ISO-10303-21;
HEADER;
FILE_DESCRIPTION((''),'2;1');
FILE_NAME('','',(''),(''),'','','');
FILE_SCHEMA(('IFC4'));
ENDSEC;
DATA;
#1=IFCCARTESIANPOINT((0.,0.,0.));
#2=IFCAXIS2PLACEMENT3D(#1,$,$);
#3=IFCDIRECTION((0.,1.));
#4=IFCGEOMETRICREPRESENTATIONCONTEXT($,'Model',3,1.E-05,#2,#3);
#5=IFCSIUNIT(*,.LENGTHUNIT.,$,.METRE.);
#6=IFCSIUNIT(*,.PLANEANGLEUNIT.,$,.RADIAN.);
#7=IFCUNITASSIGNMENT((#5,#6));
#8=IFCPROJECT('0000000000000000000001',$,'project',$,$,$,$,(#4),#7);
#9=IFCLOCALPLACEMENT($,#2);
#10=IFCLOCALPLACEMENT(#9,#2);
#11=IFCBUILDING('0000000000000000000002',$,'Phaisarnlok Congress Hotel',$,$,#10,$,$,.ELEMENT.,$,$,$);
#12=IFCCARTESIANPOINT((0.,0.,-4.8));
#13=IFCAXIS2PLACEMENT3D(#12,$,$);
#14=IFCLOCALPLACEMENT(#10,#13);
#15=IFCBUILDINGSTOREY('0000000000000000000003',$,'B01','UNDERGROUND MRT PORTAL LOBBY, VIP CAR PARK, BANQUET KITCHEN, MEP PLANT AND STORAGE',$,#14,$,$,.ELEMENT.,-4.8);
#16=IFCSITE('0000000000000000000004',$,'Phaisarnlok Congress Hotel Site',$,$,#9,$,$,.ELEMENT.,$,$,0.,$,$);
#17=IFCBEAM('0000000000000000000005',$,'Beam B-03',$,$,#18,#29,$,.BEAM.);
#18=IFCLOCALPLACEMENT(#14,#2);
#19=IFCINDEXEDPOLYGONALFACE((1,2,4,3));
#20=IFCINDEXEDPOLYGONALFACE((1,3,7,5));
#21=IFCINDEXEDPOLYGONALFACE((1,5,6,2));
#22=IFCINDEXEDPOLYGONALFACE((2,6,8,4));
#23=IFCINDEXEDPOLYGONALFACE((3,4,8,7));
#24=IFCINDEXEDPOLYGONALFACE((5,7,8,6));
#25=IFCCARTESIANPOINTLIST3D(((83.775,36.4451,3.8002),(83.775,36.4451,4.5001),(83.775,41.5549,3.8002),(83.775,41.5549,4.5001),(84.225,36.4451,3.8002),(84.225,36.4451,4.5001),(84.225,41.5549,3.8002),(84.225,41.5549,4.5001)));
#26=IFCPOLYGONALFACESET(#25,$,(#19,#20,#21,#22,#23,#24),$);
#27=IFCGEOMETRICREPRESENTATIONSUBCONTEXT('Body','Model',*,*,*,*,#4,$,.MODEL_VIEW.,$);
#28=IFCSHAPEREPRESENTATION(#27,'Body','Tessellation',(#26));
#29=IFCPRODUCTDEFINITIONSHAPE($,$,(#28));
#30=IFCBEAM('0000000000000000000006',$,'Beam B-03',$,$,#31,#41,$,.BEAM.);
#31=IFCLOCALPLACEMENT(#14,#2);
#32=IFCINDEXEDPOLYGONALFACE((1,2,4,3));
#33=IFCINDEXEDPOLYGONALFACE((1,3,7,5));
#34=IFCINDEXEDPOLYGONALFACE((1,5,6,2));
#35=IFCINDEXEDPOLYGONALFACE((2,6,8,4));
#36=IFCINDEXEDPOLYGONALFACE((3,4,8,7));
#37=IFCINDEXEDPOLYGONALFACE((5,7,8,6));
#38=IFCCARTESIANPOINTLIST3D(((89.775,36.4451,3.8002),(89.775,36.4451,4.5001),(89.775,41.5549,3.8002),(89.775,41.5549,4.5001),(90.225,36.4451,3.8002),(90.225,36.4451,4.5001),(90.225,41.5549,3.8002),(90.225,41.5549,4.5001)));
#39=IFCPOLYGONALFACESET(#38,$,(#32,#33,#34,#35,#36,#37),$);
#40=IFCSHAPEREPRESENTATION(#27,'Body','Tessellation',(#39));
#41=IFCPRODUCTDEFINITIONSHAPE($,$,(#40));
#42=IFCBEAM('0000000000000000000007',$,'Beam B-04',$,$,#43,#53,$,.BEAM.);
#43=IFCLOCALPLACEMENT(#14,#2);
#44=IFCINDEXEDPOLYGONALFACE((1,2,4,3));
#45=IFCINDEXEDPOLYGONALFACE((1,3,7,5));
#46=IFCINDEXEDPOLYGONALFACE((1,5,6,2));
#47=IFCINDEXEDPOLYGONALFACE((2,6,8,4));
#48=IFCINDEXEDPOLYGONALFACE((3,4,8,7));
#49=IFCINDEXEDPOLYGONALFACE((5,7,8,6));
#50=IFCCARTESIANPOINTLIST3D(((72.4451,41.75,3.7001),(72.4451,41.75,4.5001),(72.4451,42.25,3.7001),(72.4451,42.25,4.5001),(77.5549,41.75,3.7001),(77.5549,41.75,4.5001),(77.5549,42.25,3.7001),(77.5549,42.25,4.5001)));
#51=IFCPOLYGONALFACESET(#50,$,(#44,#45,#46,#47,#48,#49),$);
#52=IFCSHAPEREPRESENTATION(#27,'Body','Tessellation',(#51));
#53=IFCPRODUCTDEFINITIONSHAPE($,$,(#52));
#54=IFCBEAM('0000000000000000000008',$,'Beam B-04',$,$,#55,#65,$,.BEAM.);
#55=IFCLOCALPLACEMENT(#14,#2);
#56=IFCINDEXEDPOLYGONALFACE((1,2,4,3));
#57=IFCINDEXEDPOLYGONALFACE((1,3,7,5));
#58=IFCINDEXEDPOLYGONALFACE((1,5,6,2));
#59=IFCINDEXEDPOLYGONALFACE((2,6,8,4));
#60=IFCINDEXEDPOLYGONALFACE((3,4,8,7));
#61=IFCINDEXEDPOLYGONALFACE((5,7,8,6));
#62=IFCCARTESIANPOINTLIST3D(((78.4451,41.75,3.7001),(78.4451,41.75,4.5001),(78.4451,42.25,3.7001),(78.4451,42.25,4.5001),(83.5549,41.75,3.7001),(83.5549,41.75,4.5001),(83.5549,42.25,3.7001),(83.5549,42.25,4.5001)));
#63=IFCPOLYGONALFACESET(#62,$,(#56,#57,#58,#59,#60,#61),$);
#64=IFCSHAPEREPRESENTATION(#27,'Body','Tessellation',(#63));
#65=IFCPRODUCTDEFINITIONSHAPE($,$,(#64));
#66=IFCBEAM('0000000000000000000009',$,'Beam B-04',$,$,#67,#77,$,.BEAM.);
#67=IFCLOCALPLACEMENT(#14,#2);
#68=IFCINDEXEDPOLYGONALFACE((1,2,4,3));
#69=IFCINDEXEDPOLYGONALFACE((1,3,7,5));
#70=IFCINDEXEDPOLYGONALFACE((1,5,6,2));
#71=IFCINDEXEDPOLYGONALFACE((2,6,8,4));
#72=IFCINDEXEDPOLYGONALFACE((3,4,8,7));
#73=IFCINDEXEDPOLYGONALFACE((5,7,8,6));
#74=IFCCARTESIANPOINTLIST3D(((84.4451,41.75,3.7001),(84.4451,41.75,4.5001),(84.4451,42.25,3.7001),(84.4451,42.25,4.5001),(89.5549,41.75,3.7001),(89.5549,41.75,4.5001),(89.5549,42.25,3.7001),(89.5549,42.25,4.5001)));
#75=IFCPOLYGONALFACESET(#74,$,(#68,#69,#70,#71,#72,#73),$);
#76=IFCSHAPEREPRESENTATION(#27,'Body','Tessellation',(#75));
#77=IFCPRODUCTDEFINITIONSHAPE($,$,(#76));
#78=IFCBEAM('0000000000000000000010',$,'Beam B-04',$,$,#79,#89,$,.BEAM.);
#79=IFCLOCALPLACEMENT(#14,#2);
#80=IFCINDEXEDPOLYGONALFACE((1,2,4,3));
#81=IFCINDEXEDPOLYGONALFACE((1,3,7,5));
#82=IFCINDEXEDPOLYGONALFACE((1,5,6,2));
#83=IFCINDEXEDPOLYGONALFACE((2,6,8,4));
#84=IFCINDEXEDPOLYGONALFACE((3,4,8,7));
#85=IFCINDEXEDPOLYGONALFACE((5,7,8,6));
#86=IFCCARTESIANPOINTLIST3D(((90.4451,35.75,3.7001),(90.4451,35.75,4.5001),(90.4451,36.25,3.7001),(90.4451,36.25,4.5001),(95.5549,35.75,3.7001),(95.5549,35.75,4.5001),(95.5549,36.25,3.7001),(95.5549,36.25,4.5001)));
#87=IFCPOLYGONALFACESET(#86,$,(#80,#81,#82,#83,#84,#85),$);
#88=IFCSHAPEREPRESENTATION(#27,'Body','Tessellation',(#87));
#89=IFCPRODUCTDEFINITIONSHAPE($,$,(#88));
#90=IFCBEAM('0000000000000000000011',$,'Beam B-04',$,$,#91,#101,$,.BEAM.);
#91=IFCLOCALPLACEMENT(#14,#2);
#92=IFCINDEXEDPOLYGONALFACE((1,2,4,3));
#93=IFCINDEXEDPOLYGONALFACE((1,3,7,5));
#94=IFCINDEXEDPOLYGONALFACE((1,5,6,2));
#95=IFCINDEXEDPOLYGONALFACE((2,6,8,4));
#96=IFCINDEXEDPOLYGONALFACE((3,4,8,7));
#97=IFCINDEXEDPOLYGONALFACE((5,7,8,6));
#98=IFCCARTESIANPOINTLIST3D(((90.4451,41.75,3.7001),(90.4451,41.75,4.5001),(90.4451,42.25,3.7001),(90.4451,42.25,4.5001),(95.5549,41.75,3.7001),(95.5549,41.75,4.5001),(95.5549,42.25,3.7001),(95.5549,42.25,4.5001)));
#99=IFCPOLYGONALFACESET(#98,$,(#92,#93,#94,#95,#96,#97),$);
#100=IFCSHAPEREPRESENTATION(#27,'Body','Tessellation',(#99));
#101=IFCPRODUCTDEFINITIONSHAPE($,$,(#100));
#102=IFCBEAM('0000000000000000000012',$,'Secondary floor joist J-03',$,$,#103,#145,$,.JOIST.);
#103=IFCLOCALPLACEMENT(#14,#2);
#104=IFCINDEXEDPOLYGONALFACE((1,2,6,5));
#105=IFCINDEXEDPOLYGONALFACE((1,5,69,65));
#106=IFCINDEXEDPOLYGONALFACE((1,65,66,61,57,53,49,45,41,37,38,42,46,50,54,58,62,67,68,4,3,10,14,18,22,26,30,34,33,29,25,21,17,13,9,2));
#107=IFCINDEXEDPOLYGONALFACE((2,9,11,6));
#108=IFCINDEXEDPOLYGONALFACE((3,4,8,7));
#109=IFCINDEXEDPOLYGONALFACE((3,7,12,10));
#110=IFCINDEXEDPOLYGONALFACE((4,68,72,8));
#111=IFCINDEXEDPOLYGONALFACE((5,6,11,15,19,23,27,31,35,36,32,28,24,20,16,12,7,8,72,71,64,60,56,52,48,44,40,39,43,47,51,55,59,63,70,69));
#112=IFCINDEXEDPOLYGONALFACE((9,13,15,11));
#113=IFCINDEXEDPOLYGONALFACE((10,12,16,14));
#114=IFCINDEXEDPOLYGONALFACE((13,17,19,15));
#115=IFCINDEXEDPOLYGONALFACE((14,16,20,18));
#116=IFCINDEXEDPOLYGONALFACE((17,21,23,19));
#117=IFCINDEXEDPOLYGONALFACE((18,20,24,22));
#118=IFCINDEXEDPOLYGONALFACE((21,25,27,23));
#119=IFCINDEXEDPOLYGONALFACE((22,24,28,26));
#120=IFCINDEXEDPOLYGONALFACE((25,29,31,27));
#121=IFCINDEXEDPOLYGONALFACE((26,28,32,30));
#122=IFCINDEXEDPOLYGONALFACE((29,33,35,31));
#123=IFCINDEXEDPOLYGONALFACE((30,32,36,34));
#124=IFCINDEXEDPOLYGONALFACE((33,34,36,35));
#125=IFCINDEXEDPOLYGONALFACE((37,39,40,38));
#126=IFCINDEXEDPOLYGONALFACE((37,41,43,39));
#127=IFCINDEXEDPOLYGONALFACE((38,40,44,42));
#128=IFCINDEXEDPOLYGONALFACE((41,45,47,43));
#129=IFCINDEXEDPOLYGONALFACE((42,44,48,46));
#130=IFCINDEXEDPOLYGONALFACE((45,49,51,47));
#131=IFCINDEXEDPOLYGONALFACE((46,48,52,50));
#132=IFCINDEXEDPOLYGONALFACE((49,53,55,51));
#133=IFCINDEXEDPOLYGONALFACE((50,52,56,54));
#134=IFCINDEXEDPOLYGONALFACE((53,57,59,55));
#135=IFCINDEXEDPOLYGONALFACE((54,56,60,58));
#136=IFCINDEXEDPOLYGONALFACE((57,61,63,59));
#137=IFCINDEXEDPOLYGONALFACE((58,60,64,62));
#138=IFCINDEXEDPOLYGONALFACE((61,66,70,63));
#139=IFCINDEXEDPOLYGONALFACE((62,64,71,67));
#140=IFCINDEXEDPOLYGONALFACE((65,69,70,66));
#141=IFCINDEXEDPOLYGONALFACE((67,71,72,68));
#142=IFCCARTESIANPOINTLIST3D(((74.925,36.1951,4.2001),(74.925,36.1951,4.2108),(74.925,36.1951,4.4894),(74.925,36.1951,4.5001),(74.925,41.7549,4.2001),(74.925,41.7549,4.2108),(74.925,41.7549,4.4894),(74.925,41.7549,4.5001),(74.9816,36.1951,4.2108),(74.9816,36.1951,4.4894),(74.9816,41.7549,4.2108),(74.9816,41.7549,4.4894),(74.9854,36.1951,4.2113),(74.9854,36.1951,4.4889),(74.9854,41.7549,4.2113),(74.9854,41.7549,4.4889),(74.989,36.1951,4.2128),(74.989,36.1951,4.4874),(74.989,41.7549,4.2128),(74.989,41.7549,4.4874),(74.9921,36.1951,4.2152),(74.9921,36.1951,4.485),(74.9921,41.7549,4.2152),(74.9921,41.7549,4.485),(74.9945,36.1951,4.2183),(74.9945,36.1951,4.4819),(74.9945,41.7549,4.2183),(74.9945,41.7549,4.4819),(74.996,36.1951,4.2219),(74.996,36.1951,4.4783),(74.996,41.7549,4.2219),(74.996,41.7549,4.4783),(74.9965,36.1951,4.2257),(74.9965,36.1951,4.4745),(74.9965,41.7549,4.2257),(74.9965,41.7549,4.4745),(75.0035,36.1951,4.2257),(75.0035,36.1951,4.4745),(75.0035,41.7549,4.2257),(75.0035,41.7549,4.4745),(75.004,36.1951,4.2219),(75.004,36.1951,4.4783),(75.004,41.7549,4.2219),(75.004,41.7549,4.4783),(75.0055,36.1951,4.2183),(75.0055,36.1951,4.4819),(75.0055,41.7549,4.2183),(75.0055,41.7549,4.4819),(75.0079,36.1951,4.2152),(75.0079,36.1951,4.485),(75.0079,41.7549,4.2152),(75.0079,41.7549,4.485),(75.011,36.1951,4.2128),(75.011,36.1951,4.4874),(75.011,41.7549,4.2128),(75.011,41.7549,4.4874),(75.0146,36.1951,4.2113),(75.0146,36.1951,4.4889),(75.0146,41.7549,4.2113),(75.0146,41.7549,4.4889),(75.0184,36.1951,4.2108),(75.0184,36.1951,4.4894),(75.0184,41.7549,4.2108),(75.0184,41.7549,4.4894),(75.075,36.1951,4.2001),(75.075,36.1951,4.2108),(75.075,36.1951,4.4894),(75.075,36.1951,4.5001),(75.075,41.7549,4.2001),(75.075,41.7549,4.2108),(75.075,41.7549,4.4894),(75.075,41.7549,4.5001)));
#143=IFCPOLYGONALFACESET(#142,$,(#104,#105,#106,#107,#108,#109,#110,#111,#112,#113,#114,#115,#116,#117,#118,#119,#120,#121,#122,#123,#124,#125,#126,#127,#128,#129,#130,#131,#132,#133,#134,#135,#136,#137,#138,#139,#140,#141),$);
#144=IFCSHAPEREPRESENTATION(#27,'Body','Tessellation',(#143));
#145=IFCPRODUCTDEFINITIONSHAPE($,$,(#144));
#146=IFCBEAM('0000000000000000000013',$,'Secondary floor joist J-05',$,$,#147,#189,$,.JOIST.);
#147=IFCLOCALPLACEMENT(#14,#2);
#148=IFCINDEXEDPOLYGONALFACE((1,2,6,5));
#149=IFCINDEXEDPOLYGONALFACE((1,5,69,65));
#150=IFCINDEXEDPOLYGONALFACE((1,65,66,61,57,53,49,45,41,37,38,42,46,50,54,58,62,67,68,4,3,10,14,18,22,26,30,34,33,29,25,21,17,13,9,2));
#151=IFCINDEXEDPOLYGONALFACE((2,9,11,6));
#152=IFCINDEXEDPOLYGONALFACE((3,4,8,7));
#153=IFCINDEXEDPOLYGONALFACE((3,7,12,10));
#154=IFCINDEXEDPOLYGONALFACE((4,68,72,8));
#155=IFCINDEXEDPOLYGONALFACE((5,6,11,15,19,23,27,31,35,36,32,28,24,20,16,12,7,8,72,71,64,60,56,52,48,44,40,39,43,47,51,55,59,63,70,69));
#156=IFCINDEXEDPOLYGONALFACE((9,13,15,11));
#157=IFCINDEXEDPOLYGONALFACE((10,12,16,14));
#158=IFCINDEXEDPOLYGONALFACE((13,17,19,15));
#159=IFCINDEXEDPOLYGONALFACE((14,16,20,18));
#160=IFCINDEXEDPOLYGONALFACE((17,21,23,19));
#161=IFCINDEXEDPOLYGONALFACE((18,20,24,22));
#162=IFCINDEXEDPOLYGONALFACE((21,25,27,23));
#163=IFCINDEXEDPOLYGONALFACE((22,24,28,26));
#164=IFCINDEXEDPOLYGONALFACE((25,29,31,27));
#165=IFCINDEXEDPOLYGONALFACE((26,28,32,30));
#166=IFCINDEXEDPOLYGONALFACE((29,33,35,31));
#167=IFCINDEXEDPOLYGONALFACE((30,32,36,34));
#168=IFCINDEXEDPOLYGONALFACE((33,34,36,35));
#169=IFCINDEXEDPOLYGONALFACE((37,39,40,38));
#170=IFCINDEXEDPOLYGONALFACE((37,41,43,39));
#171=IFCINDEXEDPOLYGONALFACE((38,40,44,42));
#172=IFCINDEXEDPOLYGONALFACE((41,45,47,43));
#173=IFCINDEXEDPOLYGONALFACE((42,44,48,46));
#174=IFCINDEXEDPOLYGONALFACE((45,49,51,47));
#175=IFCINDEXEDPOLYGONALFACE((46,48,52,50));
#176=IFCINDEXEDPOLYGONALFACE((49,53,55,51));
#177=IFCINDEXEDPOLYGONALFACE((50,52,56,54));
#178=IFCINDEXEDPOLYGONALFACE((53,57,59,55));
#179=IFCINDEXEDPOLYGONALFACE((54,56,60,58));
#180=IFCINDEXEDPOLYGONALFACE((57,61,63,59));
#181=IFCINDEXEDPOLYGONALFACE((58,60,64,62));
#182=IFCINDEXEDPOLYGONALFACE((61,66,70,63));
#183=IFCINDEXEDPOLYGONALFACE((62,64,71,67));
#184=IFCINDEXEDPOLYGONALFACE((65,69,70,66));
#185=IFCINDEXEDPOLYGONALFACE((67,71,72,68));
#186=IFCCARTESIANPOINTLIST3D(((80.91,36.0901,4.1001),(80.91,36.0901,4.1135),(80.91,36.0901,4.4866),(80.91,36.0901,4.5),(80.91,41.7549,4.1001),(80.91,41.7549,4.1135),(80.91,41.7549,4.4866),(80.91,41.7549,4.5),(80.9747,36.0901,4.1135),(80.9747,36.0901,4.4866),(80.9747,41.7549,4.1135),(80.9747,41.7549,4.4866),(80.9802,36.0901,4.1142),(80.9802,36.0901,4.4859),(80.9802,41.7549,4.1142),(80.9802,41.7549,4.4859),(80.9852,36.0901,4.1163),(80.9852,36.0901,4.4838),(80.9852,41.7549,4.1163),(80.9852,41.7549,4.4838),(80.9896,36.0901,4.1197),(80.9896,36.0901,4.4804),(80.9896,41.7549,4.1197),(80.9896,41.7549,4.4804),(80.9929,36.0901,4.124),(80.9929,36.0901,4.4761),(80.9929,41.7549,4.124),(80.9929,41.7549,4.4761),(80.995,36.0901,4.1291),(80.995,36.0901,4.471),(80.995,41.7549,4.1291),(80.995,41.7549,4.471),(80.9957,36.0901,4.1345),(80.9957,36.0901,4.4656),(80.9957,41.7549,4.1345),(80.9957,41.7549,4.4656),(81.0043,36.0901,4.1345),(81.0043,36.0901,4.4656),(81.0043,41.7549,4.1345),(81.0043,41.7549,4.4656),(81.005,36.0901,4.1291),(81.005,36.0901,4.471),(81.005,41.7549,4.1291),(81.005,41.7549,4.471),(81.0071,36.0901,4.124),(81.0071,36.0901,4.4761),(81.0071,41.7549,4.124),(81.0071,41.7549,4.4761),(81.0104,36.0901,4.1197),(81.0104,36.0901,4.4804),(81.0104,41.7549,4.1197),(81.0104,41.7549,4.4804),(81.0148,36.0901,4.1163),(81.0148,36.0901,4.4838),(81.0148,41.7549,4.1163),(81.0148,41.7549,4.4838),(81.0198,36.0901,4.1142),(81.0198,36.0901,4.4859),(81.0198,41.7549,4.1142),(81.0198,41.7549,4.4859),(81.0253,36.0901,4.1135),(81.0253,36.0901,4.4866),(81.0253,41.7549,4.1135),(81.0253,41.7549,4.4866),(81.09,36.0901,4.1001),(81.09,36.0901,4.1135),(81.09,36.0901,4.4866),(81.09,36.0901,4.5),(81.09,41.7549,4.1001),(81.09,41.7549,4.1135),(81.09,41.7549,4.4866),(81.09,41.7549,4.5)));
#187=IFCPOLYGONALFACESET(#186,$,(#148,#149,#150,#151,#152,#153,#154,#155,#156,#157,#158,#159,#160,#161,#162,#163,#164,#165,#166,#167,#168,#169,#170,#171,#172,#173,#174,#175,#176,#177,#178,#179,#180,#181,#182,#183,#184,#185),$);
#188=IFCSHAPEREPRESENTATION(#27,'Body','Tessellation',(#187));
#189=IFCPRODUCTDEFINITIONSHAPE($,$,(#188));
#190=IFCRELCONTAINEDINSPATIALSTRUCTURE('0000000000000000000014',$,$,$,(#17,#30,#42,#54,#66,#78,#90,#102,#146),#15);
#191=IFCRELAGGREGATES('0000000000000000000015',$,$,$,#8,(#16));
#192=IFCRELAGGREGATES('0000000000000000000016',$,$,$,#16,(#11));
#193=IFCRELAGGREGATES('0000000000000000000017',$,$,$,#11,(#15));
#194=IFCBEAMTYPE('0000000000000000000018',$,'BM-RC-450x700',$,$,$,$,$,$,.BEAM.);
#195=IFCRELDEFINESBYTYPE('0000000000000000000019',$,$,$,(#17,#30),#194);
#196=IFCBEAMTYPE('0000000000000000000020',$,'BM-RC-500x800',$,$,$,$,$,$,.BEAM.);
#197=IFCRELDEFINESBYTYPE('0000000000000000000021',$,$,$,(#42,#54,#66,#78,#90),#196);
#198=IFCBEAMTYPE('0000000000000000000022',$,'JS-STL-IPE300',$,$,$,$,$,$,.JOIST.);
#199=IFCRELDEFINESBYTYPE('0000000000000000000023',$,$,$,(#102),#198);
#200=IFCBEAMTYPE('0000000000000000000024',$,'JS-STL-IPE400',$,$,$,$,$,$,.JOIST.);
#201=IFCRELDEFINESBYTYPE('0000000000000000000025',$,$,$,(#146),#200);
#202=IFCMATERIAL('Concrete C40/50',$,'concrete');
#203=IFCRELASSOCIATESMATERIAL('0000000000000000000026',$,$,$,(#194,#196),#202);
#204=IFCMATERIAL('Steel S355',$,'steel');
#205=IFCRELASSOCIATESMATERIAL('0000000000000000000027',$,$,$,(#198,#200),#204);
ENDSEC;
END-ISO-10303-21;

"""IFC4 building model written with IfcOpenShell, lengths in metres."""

from ifc_helpers import new_model, si_unit, direction, frame, origin, origin_2d, place, context, subcontext, project, spatial, rectangle, i_section, extrude, material, material_profile, profile_set, type_object, element, save


model = new_model("IFC4")

# Units and contexts
model_context = context("Model", 3, precision=1e-05, world=origin(), true_north=direction((0.0, 1.0)))
body_context = subcontext(model_context, "Body", "Model", "MODEL_VIEW")
ifc_project = project(units=[si_unit("LENGTHUNIT", "METRE"), si_unit("PLANEANGLEUNIT", "RADIAN")], contexts=[model_context])

# Site, building, storey
site_placement = place(None, origin())
site = spatial("IfcSite", under=ifc_project, at=site_placement, Name="Phaisarnlok Congress Hotel Site", CompositionType="ELEMENT", RefElevation=0.0)
building_placement = place(site_placement, origin())
building = spatial("IfcBuilding", under=site, at=building_placement, Name="Phaisarnlok Congress Hotel", CompositionType="ELEMENT")
storey_placement = place(building_placement, frame((0.0, 0.0, -4.8)))
storey = spatial("IfcBuildingStorey", under=building, at=storey_placement, Name="B01", Description="UNDERGROUND MRT PORTAL LOBBY, VIP CAR PARK, BANQUET KITCHEN, MEP PLANT AND STORAGE", CompositionType="ELEMENT", Elevation=-4.8)

# Shared definitions
ifc_material_1 = material(Name="Concrete C40/50", Category="concrete")

# Beams
ifc_material_profile_1 = material_profile(ifc_material_1, rectangle(XDim=0.45, YDim=0.7, at=origin_2d()), Name="RC 450x700")
ifc_profile_set_1 = profile_set([ifc_material_profile_1], Name="Concrete C40/50")
beam_type_1 = type_object("IfcBeamType", Name="BM-RC-450x700", PredefinedType="BEAM", material=ifc_profile_set_1)
for number, where, z_axis, x_axis, name in (
    (1, (84.0, 36.4451, 4.1501), (0.0, 1.0, 0.0), (-1.0, 0.0, 0.0), "Beam B-03"),
    (2, (90.0, 36.4451, 4.1501), (0.0, 1.0, 0.0), (-1.0, 0.0, 0.0), "Beam B-03"),
):
    element("IfcBeam", number, at=place(storey_placement, frame(where, z_axis=z_axis, x_axis=x_axis)), inside=storey, type_object=beam_type_1, Name=name, PredefinedType="BEAM", context=body_context, shape_type="SweptSolid", body=[
        extrude(rectangle(XDim=0.45, YDim=0.7, at=origin_2d()), origin(), (0.0, 0.0, 1.0), 5.1099),
    ])
ifc_material_profile_2 = material_profile(ifc_material_1, rectangle(XDim=0.5, YDim=0.8, at=origin_2d()), Name="RC 500x800")
ifc_profile_set_2 = profile_set([ifc_material_profile_2], Name="Concrete C40/50")
beam_type_2 = type_object("IfcBeamType", Name="BM-RC-500x800", PredefinedType="BEAM", material=ifc_profile_set_2)
for number, where, z_axis, x_axis, name in (
    (3, (72.4451, 42.0, 4.1001), (1.0, 0.0, 0.0), (0.0, 1.0, 0.0), "Beam B-04"),
    (4, (78.4451, 42.0, 4.1001), (1.0, 0.0, 0.0), (0.0, 1.0, 0.0), "Beam B-04"),
    (5, (84.4451, 42.0, 4.1001), (1.0, 0.0, 0.0), (0.0, 1.0, 0.0), "Beam B-04"),
    (6, (90.4451, 36.0, 4.1001), (1.0, 0.0, 0.0), (0.0, 1.0, 0.0), "Beam B-04"),
    (7, (90.4451, 42.0, 4.1001), (1.0, 0.0, 0.0), (0.0, 1.0, 0.0), "Beam B-04"),
):
    element("IfcBeam", number, at=place(storey_placement, frame(where, z_axis=z_axis, x_axis=x_axis)), inside=storey, type_object=beam_type_2, Name=name, PredefinedType="BEAM", context=body_context, shape_type="SweptSolid", body=[
        extrude(rectangle(XDim=0.5, YDim=0.8, at=origin_2d()), origin(), (0.0, 0.0, 1.0), 5.1099),
    ])
ifc_material_2 = material(Name="Steel S355", Category="steel")
ifc_material_profile_3 = material_profile(ifc_material_2, i_section(OverallWidth=0.1499, OverallDepth=0.3, WebThickness=0.0071, FlangeThickness=0.0107, FilletRadius=0.0149, at=origin_2d()), Name="IPE 300")
ifc_profile_set_3 = profile_set([ifc_material_profile_3], Name="Steel S355")
beam_type_3 = type_object("IfcBeamType", Name="JS-STL-IPE300", PredefinedType="JOIST", material=ifc_profile_set_3)
beam_1_placement = place(storey_placement, frame((75.0, 36.1951, 4.3501), z_axis=(0.0, 1.0, 0.0), x_axis=(-1.0, 0.0, 0.0)))
element("IfcBeam", 8, at=beam_1_placement, inside=storey, type_object=beam_type_3, Name="Secondary floor joist J-03", PredefinedType="JOIST", context=body_context, shape_type="SweptSolid", body=[
    extrude(i_section(OverallWidth=0.1499, OverallDepth=0.3, WebThickness=0.0071, FlangeThickness=0.0107, FilletRadius=0.0149, at=origin_2d()), origin(), (0.0, 0.0, 1.0), 5.5598),
])
ifc_material_profile_4 = material_profile(ifc_material_2, i_section(OverallWidth=0.1799, OverallDepth=0.3999, WebThickness=0.0085, FlangeThickness=0.0134, FilletRadius=0.021, at=origin_2d()), Name="IPE 400")
ifc_profile_set_4 = profile_set([ifc_material_profile_4], Name="Steel S355")
beam_type_4 = type_object("IfcBeamType", Name="JS-STL-IPE400", PredefinedType="JOIST", material=ifc_profile_set_4)
beam_2_placement = place(storey_placement, frame((81.0, 36.0901, 4.3), z_axis=(0.0, 1.0, 0.0), x_axis=(-1.0, 0.0, 0.0)))
element("IfcBeam", 9, at=beam_2_placement, inside=storey, type_object=beam_type_4, Name="Secondary floor joist J-05", PredefinedType="JOIST", context=body_context, shape_type="SweptSolid", body=[
    extrude(i_section(OverallWidth=0.1799, OverallDepth=0.3999, WebThickness=0.0085, FlangeThickness=0.0134, FilletRadius=0.021, at=origin_2d()), origin(), (0.0, 0.0, 1.0), 5.6648),
])

save(model, "model.ifc")
